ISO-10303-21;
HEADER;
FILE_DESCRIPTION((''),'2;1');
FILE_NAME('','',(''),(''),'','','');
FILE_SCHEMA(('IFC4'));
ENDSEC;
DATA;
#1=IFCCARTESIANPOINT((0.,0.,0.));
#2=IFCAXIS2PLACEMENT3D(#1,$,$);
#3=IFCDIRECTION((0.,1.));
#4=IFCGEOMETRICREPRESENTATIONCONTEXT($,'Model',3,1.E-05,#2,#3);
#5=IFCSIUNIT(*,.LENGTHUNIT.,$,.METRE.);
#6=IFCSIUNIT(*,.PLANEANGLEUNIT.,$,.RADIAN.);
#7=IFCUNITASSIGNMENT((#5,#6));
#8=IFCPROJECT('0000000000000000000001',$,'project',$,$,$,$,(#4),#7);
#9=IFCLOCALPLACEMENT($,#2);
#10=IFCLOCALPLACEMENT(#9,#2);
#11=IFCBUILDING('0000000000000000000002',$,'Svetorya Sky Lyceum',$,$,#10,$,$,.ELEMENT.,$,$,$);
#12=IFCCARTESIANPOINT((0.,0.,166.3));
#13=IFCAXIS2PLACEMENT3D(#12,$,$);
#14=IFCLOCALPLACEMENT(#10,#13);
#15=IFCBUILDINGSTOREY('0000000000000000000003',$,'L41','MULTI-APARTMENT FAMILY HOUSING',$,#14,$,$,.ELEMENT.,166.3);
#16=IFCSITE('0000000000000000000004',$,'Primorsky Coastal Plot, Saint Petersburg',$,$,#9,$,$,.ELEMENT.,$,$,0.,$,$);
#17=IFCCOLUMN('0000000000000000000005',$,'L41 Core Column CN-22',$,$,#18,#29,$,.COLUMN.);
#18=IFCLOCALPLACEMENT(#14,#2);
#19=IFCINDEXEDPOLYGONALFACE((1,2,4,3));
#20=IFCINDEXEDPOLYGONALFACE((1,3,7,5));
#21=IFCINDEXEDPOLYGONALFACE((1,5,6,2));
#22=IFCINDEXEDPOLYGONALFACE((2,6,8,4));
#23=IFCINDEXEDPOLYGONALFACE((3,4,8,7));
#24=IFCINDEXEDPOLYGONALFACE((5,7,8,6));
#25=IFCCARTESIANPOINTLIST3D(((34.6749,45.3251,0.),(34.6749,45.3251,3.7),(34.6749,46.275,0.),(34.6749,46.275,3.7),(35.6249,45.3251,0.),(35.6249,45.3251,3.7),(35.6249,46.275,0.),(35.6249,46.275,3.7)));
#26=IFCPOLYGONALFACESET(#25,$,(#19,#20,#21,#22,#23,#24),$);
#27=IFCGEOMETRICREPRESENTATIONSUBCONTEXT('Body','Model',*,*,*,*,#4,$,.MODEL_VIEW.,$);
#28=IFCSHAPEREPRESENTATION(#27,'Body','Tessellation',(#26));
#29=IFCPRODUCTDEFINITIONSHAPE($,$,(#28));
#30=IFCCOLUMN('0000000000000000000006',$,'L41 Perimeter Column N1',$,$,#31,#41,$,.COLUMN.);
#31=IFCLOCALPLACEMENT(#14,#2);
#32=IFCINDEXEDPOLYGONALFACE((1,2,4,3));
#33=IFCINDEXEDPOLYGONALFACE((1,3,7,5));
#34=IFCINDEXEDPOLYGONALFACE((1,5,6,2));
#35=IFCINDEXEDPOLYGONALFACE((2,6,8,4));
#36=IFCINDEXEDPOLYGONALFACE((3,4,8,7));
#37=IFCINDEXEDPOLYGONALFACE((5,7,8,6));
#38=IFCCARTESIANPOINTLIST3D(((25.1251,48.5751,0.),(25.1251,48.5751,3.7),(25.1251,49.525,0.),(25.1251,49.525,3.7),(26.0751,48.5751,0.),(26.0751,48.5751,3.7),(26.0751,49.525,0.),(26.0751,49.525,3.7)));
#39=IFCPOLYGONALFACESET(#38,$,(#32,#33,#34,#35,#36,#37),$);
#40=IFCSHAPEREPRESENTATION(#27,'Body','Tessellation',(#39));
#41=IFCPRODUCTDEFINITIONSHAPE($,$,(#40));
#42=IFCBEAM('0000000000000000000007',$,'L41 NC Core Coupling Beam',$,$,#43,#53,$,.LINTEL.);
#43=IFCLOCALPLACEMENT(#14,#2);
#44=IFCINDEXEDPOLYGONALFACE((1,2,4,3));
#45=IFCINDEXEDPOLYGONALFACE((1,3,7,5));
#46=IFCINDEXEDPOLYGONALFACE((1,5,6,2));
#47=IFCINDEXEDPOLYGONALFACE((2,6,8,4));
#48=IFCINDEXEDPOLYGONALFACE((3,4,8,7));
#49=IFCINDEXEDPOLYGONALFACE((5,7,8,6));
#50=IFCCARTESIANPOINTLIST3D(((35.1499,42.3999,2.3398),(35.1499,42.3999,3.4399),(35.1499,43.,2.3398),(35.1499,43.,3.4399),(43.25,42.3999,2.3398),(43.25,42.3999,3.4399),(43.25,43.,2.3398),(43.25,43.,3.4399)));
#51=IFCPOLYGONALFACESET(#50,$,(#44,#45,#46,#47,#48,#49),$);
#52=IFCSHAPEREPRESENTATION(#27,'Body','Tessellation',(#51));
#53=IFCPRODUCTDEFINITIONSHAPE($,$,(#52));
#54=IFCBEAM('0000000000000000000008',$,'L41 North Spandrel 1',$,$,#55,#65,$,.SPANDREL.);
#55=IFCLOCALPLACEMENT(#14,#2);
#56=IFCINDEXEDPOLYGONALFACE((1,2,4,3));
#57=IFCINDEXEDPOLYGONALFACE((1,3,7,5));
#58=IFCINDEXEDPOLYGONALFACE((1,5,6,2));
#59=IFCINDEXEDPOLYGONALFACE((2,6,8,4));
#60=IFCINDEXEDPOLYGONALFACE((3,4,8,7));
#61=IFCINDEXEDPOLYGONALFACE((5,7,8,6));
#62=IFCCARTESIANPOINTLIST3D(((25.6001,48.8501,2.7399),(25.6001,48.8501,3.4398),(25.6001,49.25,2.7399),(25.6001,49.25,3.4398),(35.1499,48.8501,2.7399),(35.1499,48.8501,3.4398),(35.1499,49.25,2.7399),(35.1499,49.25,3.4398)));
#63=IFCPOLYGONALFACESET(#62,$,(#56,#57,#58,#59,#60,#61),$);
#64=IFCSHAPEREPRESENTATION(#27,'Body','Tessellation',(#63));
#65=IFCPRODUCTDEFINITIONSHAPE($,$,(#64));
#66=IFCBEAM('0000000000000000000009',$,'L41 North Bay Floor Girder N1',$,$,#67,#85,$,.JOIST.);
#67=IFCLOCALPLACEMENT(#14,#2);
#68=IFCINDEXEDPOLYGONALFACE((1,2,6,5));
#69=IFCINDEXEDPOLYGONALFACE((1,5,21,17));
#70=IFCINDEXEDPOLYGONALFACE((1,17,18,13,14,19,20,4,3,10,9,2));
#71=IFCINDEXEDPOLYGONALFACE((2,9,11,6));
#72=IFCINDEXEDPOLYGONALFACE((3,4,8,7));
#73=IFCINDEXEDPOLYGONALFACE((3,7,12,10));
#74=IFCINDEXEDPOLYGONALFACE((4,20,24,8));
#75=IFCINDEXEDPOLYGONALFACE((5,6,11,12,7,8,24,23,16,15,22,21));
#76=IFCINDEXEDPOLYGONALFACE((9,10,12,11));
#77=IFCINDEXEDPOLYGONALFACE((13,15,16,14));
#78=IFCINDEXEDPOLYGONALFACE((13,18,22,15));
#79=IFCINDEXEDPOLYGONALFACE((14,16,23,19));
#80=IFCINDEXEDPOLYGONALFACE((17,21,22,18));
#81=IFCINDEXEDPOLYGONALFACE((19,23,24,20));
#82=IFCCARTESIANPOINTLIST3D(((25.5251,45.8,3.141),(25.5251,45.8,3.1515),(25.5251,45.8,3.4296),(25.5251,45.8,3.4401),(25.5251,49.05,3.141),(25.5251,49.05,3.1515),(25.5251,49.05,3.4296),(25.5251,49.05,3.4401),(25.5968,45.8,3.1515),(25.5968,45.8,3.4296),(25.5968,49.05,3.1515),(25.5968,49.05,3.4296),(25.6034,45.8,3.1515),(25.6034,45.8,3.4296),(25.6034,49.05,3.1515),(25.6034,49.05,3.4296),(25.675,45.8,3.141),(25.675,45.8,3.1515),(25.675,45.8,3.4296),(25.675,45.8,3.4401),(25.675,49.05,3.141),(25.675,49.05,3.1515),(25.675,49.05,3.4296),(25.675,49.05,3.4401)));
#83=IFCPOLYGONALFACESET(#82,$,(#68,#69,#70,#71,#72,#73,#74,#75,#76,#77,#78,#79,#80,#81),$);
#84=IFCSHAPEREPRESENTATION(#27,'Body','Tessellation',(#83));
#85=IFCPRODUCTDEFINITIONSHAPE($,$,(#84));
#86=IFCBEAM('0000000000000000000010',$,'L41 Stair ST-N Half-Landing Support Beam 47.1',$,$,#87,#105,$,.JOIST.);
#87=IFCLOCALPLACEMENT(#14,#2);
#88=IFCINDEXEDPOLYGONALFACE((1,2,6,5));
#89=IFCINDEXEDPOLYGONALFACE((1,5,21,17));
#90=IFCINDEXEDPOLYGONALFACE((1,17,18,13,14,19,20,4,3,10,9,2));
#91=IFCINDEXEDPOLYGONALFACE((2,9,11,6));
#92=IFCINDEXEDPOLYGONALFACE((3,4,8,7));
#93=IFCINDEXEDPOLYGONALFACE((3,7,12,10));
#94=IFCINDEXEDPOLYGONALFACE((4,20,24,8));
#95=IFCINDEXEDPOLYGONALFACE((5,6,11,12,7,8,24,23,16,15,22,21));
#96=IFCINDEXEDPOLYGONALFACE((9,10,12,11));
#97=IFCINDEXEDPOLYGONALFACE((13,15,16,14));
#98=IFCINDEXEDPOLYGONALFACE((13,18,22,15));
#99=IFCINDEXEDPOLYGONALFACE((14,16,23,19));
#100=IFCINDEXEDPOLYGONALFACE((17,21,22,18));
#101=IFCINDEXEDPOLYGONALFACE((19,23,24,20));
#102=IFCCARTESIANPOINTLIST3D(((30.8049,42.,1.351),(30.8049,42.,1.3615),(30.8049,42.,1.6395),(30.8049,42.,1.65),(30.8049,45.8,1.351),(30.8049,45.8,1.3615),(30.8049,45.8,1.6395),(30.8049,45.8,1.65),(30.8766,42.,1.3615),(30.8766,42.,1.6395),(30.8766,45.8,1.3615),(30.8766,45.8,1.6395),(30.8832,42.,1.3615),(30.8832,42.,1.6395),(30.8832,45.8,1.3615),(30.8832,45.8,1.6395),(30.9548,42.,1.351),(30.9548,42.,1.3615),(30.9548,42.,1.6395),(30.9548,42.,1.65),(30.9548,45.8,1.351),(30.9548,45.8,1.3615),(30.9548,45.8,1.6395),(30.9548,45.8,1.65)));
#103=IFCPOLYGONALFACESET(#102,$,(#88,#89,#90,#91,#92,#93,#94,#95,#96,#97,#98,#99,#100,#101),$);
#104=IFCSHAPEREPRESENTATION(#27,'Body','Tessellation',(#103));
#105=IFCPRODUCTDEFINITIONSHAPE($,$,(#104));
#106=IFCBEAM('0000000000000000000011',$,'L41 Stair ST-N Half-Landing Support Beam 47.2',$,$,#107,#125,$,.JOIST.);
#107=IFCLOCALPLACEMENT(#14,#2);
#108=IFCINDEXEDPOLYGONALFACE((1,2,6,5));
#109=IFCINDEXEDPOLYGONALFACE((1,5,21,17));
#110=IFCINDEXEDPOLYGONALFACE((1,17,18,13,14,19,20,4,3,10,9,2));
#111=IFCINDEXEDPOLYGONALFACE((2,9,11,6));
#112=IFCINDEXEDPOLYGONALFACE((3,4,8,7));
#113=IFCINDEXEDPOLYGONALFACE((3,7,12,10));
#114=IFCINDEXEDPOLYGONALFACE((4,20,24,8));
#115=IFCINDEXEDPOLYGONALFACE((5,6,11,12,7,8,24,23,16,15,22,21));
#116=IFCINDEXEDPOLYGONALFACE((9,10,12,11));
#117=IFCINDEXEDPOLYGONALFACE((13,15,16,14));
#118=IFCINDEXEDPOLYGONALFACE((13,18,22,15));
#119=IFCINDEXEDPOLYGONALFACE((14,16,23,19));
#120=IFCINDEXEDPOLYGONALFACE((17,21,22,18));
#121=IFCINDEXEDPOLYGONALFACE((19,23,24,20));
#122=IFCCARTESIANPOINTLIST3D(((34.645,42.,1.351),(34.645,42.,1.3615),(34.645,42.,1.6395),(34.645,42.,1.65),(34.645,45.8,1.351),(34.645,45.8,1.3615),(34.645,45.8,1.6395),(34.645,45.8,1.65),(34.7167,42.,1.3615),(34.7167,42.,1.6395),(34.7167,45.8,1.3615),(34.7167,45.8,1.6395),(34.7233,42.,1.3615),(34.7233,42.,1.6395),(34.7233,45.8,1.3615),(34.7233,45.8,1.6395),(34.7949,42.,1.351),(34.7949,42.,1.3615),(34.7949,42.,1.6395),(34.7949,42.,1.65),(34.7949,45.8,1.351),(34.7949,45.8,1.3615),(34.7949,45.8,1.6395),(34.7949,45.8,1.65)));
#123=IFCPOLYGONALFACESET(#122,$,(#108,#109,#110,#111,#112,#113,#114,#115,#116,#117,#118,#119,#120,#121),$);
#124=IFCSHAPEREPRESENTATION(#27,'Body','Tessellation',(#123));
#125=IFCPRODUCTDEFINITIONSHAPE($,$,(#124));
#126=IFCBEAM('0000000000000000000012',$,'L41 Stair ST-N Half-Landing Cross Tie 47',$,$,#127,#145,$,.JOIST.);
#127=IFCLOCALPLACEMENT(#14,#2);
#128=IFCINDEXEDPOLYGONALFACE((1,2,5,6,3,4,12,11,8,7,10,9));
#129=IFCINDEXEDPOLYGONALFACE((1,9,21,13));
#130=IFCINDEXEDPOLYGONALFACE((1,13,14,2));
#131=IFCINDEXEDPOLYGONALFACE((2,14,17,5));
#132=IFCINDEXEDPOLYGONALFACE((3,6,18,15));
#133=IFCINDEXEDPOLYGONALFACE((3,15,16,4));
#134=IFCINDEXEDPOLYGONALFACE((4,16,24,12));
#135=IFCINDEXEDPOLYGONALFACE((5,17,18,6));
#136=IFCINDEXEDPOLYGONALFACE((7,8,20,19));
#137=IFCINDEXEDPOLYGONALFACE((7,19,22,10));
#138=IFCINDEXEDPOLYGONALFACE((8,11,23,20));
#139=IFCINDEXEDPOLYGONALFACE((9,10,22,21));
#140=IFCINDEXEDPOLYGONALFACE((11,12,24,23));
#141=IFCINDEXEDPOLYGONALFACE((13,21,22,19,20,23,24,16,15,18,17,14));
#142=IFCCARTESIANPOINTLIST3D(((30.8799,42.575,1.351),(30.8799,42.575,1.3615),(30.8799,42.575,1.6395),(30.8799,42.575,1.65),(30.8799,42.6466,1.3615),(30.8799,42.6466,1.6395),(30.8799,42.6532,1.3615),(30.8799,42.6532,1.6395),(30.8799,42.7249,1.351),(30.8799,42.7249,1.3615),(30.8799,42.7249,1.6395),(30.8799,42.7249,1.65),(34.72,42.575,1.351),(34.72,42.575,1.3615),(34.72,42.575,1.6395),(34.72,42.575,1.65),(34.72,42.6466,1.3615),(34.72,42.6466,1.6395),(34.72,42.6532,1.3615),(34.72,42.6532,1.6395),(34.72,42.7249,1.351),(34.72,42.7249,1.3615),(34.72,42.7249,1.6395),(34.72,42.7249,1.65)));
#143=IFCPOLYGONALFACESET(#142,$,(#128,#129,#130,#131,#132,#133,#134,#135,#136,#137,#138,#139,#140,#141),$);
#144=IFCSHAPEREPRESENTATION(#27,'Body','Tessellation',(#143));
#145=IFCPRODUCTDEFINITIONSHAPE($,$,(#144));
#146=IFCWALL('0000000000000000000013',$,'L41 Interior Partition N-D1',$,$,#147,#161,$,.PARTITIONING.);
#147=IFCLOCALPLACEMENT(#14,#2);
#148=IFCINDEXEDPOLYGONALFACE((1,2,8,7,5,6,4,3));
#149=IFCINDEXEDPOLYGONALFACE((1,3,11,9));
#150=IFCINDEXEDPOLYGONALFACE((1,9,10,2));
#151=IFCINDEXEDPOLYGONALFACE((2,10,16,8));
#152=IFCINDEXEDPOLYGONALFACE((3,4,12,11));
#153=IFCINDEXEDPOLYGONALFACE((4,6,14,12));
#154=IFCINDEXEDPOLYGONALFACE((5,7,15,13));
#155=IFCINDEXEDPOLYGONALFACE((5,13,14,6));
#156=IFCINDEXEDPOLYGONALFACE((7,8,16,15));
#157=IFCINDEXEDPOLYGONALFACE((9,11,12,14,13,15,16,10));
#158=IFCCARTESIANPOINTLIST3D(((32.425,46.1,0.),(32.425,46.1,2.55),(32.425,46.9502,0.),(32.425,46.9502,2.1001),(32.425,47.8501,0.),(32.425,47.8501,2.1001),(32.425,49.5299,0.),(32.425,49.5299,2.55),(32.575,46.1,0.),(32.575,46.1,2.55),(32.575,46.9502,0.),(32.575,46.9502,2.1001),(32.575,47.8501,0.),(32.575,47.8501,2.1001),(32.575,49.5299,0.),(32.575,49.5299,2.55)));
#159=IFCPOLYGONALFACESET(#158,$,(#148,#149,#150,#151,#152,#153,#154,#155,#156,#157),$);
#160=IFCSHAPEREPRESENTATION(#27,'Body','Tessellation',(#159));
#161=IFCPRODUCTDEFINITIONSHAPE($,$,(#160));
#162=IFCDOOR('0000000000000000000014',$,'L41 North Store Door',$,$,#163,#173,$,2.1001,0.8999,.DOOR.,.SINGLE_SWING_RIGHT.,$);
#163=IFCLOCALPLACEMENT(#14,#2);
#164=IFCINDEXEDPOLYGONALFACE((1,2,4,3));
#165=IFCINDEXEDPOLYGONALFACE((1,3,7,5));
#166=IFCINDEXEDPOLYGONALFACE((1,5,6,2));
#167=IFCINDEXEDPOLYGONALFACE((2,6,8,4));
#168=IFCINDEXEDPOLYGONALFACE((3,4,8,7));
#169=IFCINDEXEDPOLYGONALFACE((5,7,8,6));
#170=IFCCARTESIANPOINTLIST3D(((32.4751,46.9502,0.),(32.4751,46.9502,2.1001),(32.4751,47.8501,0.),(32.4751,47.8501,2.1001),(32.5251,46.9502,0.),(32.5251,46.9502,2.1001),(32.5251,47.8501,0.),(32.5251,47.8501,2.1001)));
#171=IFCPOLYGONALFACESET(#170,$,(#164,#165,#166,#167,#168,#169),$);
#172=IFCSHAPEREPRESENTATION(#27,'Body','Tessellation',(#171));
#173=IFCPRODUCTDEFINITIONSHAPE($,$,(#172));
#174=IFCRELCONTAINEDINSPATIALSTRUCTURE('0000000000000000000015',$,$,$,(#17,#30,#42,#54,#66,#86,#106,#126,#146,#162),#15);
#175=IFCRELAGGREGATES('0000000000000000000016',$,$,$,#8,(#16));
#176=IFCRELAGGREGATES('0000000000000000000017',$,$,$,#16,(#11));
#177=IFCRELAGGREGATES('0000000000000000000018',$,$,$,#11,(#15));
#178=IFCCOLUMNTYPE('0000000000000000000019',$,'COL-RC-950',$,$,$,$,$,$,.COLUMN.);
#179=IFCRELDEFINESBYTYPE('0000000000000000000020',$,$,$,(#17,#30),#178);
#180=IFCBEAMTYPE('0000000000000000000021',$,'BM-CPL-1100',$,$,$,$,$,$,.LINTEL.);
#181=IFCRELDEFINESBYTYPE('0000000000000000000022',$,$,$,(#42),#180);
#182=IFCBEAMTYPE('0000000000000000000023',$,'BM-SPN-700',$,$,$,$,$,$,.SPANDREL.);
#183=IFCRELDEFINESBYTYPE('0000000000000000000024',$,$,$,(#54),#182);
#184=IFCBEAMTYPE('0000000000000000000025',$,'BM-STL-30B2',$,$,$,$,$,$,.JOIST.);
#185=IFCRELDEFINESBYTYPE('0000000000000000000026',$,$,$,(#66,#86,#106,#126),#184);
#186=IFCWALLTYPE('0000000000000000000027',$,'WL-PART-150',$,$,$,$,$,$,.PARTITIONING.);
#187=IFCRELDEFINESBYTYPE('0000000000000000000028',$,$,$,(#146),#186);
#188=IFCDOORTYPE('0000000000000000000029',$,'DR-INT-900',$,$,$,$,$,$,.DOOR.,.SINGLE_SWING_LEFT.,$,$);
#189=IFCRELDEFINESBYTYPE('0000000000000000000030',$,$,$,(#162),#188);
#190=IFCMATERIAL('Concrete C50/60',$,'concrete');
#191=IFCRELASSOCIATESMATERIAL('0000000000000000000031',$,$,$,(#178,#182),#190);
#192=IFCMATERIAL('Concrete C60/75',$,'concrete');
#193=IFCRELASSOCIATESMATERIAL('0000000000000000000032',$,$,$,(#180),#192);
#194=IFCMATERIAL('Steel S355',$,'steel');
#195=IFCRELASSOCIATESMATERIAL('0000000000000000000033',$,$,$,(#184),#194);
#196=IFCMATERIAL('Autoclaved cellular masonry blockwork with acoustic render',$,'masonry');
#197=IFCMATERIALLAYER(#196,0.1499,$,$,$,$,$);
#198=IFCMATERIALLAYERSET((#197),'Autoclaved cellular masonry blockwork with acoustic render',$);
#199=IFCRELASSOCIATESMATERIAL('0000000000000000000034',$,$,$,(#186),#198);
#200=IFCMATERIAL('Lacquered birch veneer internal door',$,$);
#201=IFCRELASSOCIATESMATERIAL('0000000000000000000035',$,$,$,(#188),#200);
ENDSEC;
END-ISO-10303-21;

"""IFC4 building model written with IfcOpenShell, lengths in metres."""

from ifc_helpers import new_model, si_unit, direction, frame, frame_2d, origin, origin_2d, place, context, subcontext, project, spatial, rectangle, i_section, extrude, material, layer, layer_set, material_profile, profile_set, type_object, element, fill, save


model = new_model("IFC4")

# Units and contexts
model_context = context("Model", 3, precision=1e-05, world=origin(), true_north=direction((0.0, 1.0)))
body_context = subcontext(model_context, "Body", "Model", "MODEL_VIEW")
ifc_project = project(units=[si_unit("LENGTHUNIT", "METRE"), si_unit("PLANEANGLEUNIT", "RADIAN")], contexts=[model_context])

# Site, building, storey
site_placement = place(None, origin())
site = spatial("IfcSite", under=ifc_project, at=site_placement, Name="Primorsky Coastal Plot, Saint Petersburg", CompositionType="ELEMENT", RefElevation=0.0)
building_placement = place(site_placement, origin())
building = spatial("IfcBuilding", under=site, at=building_placement, Name="Svetorya Sky Lyceum", CompositionType="ELEMENT")
storey_placement = place(building_placement, frame((0.0, 0.0, 166.3)))
storey = spatial("IfcBuildingStorey", under=building, at=storey_placement, Name="L41", Description="MULTI-APARTMENT FAMILY HOUSING", CompositionType="ELEMENT", Elevation=166.3)

# Columns
ifc_material_1 = material(Name="Concrete C50/60", Category="concrete")
ifc_material_profile_1 = material_profile(ifc_material_1, rectangle(XDim=0.95, YDim=0.95, at=origin_2d()), Name="RC COL 950x950")
ifc_profile_set_1 = profile_set([ifc_material_profile_1], Name="Concrete C50/60")
column_type = type_object("IfcColumnType", Name="COL-RC-950", PredefinedType="COLUMN", material=ifc_profile_set_1)
for number, where, z_axis, x_axis, name in (
    (1, (35.1499, 45.8, 0.0), (0.0, 0.0, 1.0), (1.0, 0.0, 0.0), "L41 Core Column CN-22"),
    (2, (25.6001, 49.05, 0.0), (0.0, 0.0, 1.0), (1.0, 0.0, 0.0), "L41 Perimeter Column N1"),
):
    element("IfcColumn", number, at=place(storey_placement, frame(where, z_axis=z_axis, x_axis=x_axis)), inside=storey, type_object=column_type, Name=name, PredefinedType="COLUMN", context=body_context, shape_type="SweptSolid", body=[
        extrude(rectangle(XDim=0.95, YDim=0.95, at=origin_2d()), origin(), (0.0, 0.0, 1.0), 3.7),
    ])

# Beams
ifc_material_2 = material(Name="Concrete C60/75", Category="concrete")
ifc_material_profile_2 = material_profile(ifc_material_2, rectangle(XDim=0.6001, YDim=1.1001, at=origin_2d()), Name="RC COUPLING 600x1100")
ifc_profile_set_2 = profile_set([ifc_material_profile_2], Name="Concrete C60/75")
beam_type_1 = type_object("IfcBeamType", Name="BM-CPL-1100", PredefinedType="LINTEL", material=ifc_profile_set_2)
beam_1_placement = place(storey_placement, frame((35.1499, 42.7, 2.8899), z_axis=(1.0, 0.0, 0.0), x_axis=(0.0, 1.0, 0.0)))
element("IfcBeam", 3, at=beam_1_placement, inside=storey, type_object=beam_type_1, Name="L41 NC Core Coupling Beam", PredefinedType="LINTEL", context=body_context, shape_type="SweptSolid", body=[
    extrude(rectangle(XDim=0.6001, YDim=1.1001, at=origin_2d()), origin(), (0.0, 0.0, 1.0), 8.1001),
])
ifc_material_profile_3 = material_profile(ifc_material_1, rectangle(XDim=0.3999, YDim=0.7, at=origin_2d()), Name="RC SPANDREL 400x700")
ifc_profile_set_3 = profile_set([ifc_material_profile_3], Name="Concrete C50/60")
beam_type_2 = type_object("IfcBeamType", Name="BM-SPN-700", PredefinedType="SPANDREL", material=ifc_profile_set_3)
beam_2_placement = place(storey_placement, frame((25.6001, 49.05, 3.0898), z_axis=(1.0, 0.0, 0.0), x_axis=(0.0, 1.0, 0.0)))
element("IfcBeam", 4, at=beam_2_placement, inside=storey, type_object=beam_type_2, Name="L41 North Spandrel 1", PredefinedType="SPANDREL", context=body_context, shape_type="SweptSolid", body=[
    extrude(rectangle(XDim=0.3999, YDim=0.7, at=origin_2d()), origin(), (0.0, 0.0, 1.0), 9.5498),
])
ifc_material_3 = material(Name="Steel S355", Category="steel")
ifc_material_profile_4 = material_profile(ifc_material_3, i_section(OverallWidth=0.1499, OverallDepth=0.2991, WebThickness=0.0066, FlangeThickness=0.0105, at=origin_2d()), Name="GOST 30B2")
ifc_profile_set_4 = profile_set([ifc_material_profile_4], Name="Steel S355")
beam_type_3 = type_object("IfcBeamType", Name="BM-STL-30B2", PredefinedType="JOIST", material=ifc_profile_set_4)
beam_3_placement = place(storey_placement, frame((25.6001, 45.8, 3.2905), z_axis=(0.0, 1.0, 0.0), x_axis=(-1.0, 0.0, 0.0)))
element("IfcBeam", 5, at=beam_3_placement, inside=storey, type_object=beam_type_3, Name="L41 North Bay Floor Girder N1", PredefinedType="JOIST", context=body_context, shape_type="SweptSolid", body=[
    extrude(i_section(OverallWidth=0.1499, OverallDepth=0.2991, WebThickness=0.0066, FlangeThickness=0.0105, at=origin_2d()), origin(), (0.0, 0.0, 1.0), 3.25),
])
for number, where, z_axis, x_axis, name in (
    (6, (30.8799, 42.0, 1.5005), (0.0, 1.0, 0.0), (-1.0, 0.0, 0.0), "L41 Stair ST-N Half-Landing Support Beam 47.1"),
    (7, (34.72, 42.0, 1.5005), (0.0, 1.0, 0.0), (-1.0, 0.0, 0.0), "L41 Stair ST-N Half-Landing Support Beam 47.2"),
):
    element("IfcBeam", number, at=place(storey_placement, frame(where, z_axis=z_axis, x_axis=x_axis)), inside=storey, type_object=beam_type_3, Name=name, PredefinedType="JOIST", context=body_context, shape_type="SweptSolid", body=[
        extrude(i_section(OverallWidth=0.1499, OverallDepth=0.2991, WebThickness=0.0066, FlangeThickness=0.0105, at=origin_2d()), origin(), (0.0, 0.0, 1.0), 3.8),
    ])
beam_4_placement = place(storey_placement, frame((30.8799, 42.6499, 1.5005), z_axis=(1.0, 0.0, 0.0), x_axis=(0.0, 1.0, 0.0)))
element("IfcBeam", 8, at=beam_4_placement, inside=storey, type_object=beam_type_3, Name="L41 Stair ST-N Half-Landing Cross Tie 47", PredefinedType="JOIST", context=body_context, shape_type="SweptSolid", body=[
    extrude(i_section(OverallWidth=0.1499, OverallDepth=0.2991, WebThickness=0.0066, FlangeThickness=0.0105, at=origin_2d()), origin(), (0.0, 0.0, 1.0), 3.8401),
])

# Wall, opening, door
ifc_material_4 = material(Name="Autoclaved cellular masonry blockwork with acoustic render", Category="masonry")
ifc_layer = layer(ifc_material_4, 0.1499)
ifc_layer_set = layer_set([ifc_layer], Name="Autoclaved cellular masonry blockwork with acoustic render")
wall_type = type_object("IfcWallType", Name="WL-PART-150", PredefinedType="PARTITIONING", material=ifc_layer_set)
wall_placement = place(storey_placement, frame((32.5, 46.1001, 0.0), z_axis=(0.0, 0.0, 1.0), x_axis=(0.0, 1.0, 0.0)))
wall = element("IfcWall", 9, at=wall_placement, inside=storey, type_object=wall_type, Name="L41 Interior Partition N-D1", PredefinedType="PARTITIONING", context=body_context, shape_type="SweptSolid", body=[
    extrude(rectangle(XDim=3.4299, YDim=0.1499, at=frame_2d((1.7148, 0.0))), origin(), (0.0, 0.0, 1.0), 2.55),
])
opening_placement = place(wall_placement, frame((0.8501, 0.0, 0.0)))
opening = element("IfcOpeningElement", 10, at=opening_placement, cuts=wall, PredefinedType="OPENING", context=body_context, shape_type="SweptSolid", body=[
    extrude(rectangle(XDim=0.8999, YDim=2.1001, at=frame_2d((0.45, 1.05))), frame((0.0, 0.085, 0.0), z_axis=(0.0, -1.0, 0.0), x_axis=(1.0, 0.0, 0.0)), (0.0, 0.0, 1.0), 0.1699),
])
ifc_material_5 = material(Name="Lacquered birch veneer internal door")
door_type = type_object("IfcDoorType", Name="DR-INT-900", OperationType="SINGLE_SWING_LEFT", PredefinedType="DOOR", material=ifc_material_5)
door_placement = place(opening_placement, origin())
door = element("IfcDoor", 11, at=door_placement, inside=storey, type_object=door_type, Name="L41 North Store Door", OperationType="SINGLE_SWING_RIGHT", OverallHeight=2.1001, OverallWidth=0.8999, PredefinedType="DOOR", context=body_context, shape_type="SweptSolid", body=[
    extrude(rectangle(XDim=0.8999, YDim=2.1001, at=frame_2d((0.45, 1.05))), frame((0.0, 0.0249, 0.0), z_axis=(0.0, -1.0, 0.0), x_axis=(1.0, 0.0, 0.0)), (0.0, 0.0, 1.0), 0.05),
])
fill(opening, door)

save(model, "model.ifc")
